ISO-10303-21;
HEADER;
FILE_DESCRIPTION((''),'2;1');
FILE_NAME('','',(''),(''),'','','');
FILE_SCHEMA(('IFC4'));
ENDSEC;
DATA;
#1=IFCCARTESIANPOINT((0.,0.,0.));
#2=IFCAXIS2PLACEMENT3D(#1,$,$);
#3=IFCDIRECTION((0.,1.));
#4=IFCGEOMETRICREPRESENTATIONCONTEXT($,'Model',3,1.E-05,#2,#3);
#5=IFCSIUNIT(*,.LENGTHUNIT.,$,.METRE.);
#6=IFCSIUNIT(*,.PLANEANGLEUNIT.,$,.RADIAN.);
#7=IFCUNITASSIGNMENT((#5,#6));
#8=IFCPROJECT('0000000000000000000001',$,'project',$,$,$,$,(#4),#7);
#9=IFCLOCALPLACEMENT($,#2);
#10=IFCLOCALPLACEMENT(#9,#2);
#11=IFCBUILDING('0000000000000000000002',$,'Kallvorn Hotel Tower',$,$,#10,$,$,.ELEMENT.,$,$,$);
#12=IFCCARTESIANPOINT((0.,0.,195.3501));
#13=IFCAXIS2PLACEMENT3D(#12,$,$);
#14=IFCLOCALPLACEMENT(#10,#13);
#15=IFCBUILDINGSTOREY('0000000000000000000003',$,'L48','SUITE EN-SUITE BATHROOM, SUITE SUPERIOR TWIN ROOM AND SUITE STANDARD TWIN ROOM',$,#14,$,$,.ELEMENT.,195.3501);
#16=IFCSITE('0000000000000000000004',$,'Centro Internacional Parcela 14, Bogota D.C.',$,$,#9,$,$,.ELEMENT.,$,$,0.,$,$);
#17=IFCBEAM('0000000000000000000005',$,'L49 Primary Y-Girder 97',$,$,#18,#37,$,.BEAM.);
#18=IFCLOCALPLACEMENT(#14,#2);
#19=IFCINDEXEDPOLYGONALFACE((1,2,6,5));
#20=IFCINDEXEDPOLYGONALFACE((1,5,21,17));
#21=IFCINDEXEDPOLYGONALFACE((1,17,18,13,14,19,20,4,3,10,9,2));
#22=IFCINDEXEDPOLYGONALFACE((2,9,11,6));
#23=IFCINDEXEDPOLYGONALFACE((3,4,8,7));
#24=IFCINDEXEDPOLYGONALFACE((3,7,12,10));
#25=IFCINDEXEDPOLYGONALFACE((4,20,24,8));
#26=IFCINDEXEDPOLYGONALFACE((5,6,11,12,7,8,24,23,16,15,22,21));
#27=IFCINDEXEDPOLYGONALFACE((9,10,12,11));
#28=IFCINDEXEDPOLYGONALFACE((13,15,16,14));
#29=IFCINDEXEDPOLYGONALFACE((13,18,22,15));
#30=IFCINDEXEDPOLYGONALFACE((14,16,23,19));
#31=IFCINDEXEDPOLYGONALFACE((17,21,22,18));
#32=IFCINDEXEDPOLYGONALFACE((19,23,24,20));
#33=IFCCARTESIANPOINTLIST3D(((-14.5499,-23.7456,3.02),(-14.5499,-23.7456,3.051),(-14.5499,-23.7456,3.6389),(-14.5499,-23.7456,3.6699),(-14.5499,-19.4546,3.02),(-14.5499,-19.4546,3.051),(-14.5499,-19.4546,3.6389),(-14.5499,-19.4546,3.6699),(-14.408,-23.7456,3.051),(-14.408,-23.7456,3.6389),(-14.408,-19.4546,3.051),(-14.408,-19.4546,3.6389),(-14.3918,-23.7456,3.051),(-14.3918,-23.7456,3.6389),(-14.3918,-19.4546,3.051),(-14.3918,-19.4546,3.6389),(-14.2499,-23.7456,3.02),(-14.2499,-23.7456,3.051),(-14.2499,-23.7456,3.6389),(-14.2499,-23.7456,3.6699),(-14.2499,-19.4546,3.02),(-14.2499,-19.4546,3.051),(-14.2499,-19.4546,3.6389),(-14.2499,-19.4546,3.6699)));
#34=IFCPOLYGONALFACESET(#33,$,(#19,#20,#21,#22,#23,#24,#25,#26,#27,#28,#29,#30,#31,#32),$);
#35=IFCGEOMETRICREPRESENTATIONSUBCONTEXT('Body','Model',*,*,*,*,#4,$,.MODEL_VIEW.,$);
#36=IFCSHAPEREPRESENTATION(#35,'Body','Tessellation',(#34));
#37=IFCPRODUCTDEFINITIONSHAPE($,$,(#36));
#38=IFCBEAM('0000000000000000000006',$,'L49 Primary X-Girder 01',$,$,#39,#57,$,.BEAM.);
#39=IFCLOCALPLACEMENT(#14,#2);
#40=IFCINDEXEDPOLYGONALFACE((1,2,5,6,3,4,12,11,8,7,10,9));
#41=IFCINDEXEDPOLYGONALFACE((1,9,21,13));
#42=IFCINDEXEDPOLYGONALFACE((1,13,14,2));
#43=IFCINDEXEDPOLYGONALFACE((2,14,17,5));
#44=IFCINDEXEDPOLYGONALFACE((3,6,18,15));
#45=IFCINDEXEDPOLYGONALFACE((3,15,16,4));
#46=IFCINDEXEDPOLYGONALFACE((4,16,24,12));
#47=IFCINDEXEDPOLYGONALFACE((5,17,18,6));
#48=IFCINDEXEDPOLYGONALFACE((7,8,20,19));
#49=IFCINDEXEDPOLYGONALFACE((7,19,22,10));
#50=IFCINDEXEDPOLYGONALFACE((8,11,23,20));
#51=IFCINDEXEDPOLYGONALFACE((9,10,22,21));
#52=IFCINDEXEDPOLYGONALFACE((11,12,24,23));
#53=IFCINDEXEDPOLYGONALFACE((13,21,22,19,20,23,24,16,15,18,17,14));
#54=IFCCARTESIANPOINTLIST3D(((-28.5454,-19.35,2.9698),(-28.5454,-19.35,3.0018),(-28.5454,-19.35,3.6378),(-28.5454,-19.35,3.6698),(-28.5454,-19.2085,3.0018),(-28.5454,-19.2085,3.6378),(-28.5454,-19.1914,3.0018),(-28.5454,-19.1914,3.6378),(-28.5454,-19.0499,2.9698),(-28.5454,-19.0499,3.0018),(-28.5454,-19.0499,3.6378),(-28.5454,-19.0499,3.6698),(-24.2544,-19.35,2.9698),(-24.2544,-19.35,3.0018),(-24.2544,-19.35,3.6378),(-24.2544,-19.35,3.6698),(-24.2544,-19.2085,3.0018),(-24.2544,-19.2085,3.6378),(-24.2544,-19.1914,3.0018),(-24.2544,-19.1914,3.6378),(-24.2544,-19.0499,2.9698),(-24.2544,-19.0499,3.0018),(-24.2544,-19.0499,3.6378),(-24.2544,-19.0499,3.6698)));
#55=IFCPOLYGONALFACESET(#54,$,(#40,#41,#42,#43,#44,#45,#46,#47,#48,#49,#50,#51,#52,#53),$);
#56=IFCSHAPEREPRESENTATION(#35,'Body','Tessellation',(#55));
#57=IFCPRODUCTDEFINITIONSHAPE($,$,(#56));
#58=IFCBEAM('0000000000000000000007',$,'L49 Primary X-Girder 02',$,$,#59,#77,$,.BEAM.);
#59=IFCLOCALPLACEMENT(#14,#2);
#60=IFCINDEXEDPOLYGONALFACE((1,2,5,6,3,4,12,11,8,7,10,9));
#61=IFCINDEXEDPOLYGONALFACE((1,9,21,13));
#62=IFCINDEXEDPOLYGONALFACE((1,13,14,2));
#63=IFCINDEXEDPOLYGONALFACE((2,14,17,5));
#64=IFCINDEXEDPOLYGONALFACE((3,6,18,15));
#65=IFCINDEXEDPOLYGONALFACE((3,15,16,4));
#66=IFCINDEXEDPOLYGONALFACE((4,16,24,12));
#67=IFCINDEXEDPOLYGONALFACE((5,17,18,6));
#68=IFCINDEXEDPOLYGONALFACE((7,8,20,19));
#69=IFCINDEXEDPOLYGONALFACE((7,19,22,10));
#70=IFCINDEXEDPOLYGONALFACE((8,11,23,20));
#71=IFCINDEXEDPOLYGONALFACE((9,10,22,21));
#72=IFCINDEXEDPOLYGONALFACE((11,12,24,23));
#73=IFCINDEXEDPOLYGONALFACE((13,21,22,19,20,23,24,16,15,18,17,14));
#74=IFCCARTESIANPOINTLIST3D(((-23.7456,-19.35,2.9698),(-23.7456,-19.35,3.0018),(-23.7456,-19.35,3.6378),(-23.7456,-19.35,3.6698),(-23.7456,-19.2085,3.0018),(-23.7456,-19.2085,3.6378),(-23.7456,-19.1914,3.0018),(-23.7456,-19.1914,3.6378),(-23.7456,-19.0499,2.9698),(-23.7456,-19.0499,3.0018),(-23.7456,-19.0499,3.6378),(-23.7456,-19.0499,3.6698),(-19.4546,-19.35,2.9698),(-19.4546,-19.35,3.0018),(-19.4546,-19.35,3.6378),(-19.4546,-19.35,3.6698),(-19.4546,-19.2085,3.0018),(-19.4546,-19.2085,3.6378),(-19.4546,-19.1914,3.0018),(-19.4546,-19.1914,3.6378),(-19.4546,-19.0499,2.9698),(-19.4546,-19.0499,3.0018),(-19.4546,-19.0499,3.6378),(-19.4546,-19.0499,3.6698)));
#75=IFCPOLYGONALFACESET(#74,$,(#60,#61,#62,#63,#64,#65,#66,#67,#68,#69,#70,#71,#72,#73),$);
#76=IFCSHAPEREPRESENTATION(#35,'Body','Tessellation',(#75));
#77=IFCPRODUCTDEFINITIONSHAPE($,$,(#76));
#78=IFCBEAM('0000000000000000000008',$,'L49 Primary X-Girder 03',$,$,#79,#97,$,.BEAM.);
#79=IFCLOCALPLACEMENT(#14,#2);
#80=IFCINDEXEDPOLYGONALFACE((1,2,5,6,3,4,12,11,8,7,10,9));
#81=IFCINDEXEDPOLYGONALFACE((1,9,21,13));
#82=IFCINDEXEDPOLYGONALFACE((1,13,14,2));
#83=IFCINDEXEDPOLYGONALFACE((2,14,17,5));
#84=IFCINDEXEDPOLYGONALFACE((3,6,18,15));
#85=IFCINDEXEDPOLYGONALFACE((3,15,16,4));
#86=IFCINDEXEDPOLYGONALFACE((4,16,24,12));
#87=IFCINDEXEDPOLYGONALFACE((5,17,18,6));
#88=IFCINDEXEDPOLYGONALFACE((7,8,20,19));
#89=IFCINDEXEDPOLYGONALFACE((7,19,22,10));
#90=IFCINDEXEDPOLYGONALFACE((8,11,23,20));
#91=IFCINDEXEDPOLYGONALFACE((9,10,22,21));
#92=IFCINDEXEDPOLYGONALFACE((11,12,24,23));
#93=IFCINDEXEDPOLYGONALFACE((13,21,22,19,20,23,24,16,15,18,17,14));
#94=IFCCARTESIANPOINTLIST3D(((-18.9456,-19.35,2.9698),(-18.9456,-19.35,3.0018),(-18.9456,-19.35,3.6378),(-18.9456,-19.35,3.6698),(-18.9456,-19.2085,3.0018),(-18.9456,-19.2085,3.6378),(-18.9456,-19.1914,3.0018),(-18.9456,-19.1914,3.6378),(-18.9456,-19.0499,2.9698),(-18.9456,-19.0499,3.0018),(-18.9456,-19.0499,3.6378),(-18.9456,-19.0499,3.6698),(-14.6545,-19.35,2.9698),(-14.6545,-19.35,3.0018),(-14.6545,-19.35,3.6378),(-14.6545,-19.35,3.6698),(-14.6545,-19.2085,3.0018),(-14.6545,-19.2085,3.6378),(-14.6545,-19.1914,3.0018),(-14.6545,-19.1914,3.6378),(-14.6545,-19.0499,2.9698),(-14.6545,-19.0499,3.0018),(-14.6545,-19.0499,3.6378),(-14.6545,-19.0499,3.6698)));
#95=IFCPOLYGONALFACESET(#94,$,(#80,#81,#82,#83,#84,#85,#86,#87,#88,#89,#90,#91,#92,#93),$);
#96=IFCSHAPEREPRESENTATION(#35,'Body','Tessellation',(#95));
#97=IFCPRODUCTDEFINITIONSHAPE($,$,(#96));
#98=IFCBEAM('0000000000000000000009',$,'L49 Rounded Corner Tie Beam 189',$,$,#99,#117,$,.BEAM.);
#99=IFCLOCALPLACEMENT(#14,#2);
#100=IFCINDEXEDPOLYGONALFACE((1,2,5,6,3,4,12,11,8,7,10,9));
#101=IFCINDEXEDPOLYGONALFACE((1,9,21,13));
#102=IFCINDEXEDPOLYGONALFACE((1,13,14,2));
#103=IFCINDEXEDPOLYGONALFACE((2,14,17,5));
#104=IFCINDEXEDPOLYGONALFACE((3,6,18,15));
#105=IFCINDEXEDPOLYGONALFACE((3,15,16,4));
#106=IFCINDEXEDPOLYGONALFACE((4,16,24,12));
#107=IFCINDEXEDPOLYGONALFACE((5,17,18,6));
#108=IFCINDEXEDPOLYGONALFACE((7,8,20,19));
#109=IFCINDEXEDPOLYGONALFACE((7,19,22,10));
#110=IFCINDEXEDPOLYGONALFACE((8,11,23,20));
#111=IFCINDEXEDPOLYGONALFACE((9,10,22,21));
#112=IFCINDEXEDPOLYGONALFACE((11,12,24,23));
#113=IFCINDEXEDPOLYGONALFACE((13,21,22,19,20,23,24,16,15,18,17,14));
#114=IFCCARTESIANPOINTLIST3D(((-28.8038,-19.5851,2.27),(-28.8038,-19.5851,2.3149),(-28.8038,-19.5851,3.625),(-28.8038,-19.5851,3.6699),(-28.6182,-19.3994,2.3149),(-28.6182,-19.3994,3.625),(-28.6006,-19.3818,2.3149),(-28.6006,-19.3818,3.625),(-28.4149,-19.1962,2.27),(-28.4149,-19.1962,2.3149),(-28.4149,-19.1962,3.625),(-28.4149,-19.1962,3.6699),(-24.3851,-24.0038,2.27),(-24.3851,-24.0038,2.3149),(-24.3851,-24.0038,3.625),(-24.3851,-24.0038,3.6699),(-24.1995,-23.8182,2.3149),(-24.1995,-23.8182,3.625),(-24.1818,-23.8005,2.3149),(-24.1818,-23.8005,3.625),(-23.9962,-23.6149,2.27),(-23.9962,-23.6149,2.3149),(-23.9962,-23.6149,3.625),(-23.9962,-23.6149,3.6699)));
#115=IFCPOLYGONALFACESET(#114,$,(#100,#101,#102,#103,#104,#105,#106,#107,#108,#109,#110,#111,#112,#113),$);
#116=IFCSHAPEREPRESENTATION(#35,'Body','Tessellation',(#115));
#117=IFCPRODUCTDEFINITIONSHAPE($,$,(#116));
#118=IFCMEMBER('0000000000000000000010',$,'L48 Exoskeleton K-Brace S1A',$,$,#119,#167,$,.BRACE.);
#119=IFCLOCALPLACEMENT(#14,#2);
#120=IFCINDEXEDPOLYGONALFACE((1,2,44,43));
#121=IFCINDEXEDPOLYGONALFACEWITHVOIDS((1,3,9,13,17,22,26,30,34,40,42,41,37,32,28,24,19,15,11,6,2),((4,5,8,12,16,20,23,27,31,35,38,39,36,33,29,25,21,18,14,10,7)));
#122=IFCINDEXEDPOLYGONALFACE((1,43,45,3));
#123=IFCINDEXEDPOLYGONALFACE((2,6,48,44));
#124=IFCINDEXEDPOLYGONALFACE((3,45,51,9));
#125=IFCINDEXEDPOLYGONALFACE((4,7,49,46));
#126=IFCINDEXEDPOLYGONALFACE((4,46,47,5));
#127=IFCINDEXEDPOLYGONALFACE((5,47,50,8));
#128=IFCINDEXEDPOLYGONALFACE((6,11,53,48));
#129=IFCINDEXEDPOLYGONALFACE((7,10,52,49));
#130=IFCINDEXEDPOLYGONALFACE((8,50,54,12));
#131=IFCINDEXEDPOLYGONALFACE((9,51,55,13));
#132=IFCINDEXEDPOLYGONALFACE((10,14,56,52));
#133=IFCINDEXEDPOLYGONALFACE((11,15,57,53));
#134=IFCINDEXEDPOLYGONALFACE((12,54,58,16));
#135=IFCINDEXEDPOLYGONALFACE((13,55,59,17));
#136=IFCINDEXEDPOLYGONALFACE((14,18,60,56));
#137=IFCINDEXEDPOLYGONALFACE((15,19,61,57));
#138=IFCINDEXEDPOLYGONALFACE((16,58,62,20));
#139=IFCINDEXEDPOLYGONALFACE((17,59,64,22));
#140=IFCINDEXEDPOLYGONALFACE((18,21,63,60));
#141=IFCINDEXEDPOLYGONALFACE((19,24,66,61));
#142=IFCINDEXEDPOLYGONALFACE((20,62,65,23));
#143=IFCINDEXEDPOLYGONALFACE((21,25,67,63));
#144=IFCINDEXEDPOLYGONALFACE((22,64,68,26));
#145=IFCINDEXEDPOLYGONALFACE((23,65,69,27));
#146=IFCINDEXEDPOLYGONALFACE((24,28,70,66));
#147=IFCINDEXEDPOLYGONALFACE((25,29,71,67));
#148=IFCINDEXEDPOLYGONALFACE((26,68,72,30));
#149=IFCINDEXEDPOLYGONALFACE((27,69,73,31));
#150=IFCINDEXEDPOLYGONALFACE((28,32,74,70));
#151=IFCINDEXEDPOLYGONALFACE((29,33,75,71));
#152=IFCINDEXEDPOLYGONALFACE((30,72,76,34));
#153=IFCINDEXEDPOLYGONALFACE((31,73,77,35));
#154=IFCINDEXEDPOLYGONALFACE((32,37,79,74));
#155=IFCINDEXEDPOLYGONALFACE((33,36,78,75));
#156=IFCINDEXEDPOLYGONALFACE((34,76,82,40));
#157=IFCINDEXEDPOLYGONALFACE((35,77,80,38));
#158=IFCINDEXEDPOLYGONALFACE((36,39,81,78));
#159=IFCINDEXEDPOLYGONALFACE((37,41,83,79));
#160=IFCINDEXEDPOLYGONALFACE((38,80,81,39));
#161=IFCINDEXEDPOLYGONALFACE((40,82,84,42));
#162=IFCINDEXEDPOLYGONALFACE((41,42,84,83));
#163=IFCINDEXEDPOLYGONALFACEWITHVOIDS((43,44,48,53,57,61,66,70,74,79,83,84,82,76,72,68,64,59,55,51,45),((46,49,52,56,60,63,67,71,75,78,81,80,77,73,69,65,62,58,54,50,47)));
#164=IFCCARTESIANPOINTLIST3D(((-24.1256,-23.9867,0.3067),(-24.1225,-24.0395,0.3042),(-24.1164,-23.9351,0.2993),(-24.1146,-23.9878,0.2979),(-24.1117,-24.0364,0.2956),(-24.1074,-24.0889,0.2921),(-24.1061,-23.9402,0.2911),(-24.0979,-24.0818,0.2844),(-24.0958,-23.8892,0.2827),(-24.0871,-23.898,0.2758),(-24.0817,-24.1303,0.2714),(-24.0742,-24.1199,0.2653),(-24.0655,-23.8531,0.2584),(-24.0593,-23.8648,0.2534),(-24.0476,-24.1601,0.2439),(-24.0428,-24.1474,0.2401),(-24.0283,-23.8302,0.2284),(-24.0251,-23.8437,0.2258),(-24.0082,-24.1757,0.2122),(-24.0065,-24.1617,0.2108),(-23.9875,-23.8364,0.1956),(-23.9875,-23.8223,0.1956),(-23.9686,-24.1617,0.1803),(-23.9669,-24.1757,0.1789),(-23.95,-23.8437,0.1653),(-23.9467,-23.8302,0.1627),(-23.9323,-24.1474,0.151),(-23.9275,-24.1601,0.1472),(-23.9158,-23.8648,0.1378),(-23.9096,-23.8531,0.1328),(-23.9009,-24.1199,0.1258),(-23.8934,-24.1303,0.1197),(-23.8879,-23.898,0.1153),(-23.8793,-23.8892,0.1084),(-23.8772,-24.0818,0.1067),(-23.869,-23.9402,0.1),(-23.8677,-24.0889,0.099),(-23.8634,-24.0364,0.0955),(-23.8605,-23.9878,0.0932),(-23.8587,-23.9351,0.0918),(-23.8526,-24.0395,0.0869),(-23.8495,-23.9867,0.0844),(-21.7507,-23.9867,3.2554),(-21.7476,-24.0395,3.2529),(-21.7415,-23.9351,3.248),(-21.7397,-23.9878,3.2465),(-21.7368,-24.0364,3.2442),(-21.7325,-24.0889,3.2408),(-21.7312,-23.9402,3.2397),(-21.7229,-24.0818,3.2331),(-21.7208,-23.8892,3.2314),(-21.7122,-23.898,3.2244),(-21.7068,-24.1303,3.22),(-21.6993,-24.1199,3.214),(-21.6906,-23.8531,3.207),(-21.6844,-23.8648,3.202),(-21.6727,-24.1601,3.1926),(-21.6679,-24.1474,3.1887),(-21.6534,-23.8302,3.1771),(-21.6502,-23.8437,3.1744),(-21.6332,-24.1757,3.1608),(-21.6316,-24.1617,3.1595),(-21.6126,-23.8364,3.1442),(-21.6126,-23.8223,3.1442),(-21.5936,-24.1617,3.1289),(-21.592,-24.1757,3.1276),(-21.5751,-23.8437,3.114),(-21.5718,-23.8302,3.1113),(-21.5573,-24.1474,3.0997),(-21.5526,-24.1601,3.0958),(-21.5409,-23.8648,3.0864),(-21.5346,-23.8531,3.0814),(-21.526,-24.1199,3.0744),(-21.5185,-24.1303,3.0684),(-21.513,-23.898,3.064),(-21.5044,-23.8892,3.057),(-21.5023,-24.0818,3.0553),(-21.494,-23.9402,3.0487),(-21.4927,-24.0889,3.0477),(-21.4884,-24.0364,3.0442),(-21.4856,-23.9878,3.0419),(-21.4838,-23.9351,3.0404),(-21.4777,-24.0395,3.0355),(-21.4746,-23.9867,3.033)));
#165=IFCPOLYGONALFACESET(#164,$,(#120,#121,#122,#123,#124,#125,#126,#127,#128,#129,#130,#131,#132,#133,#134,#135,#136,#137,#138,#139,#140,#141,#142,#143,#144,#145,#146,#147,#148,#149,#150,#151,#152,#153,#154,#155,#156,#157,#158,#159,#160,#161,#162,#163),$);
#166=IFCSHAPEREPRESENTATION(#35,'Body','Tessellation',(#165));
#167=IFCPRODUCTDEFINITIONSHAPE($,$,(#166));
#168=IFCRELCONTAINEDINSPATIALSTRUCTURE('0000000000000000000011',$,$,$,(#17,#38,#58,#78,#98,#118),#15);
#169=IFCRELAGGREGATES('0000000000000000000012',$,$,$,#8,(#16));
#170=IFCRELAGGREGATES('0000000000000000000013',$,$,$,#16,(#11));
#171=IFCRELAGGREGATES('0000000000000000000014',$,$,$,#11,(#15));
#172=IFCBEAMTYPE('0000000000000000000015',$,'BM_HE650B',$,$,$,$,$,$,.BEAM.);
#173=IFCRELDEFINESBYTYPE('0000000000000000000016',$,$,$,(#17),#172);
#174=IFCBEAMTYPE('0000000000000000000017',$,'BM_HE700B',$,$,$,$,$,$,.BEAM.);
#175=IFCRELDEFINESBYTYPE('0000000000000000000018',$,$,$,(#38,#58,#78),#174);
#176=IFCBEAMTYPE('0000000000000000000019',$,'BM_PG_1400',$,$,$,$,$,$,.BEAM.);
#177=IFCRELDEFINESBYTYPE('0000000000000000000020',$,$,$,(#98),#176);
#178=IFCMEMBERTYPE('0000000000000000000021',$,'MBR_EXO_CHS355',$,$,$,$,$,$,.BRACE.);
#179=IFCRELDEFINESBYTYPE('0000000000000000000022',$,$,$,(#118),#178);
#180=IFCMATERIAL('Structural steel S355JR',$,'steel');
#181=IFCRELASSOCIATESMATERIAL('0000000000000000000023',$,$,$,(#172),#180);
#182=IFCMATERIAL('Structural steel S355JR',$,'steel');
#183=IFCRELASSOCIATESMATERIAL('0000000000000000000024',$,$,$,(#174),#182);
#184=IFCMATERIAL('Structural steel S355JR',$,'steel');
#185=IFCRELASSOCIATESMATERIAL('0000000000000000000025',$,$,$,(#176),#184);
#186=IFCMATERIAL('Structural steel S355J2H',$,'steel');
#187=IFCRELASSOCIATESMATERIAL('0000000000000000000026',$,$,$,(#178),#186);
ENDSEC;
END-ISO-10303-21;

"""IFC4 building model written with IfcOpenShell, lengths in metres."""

from ifc_helpers import new_model, si_unit, direction, frame, origin, origin_2d, place, context, subcontext, project, spatial, hollow_circle, i_section, extrude, material, material_profile, profile_set, type_object, element, save


model = new_model("IFC4")

# Units and contexts
model_context = context("Model", 3, precision=1e-05, world=origin(), true_north=direction((0.0, 1.0)))
body_context = subcontext(model_context, "Body", "Model", "MODEL_VIEW")
ifc_project = project(units=[si_unit("LENGTHUNIT", "METRE"), si_unit("PLANEANGLEUNIT", "RADIAN")], contexts=[model_context])

# Site, building, storey
site_placement = place(None, origin())
site = spatial("IfcSite", under=ifc_project, at=site_placement, Name="Centro Internacional Parcela 14, Bogota D.C.", CompositionType="ELEMENT", RefElevation=0.0)
building_placement = place(site_placement, origin())
building = spatial("IfcBuilding", under=site, at=building_placement, Name="Kallvorn Hotel Tower", CompositionType="ELEMENT")
storey_placement = place(building_placement, frame((0.0, 0.0, 195.3501)))
storey = spatial("IfcBuildingStorey", under=building, at=storey_placement, Name="L48", Description="SUITE EN-SUITE BATHROOM, SUITE SUPERIOR TWIN ROOM AND SUITE STANDARD TWIN ROOM", CompositionType="ELEMENT", Elevation=195.3501)

# Beams
ifc_material_1 = material(Name="Structural steel S355JR", Category="steel")
ifc_material_profile_1 = material_profile(ifc_material_1, i_section(OverallWidth=0.3, OverallDepth=0.6499, WebThickness=0.0161, FlangeThickness=0.031, at=origin_2d()), Name="HE 650 B")
ifc_profile_set_1 = profile_set([ifc_material_profile_1], Name="Structural steel S355JR")
beam_type_1 = type_object("IfcBeamType", Name="BM_HE650B", PredefinedType="BEAM", material=ifc_profile_set_1)
for number, where, z_axis, x_axis, name in (
    (1, (-14.3999, -23.7456, 3.345), (0.0, 1.0, 0.0), (-1.0, 0.0, 0.0), "L49 Primary Y-Girder 97"),
):
    element("IfcBeam", number, at=place(storey_placement, frame(where, z_axis=z_axis, x_axis=x_axis)), inside=storey, type_object=beam_type_1, Name=name, PredefinedType="BEAM", context=body_context, shape_type="SweptSolid", body=[
        extrude(i_section(OverallWidth=0.3, OverallDepth=0.6499, WebThickness=0.0161, FlangeThickness=0.031, at=origin_2d()), origin(), (0.0, 0.0, 1.0), 4.291),
    ])
ifc_material_2 = material(Name="Structural steel S355JR", Category="steel")
ifc_material_profile_2 = material_profile(ifc_material_2, i_section(OverallWidth=0.3, OverallDepth=0.7, WebThickness=0.0171, FlangeThickness=0.032, at=origin_2d()), Name="HE 700 B")
ifc_profile_set_2 = profile_set([ifc_material_profile_2], Name="Structural steel S355JR")
beam_type_2 = type_object("IfcBeamType", Name="BM_HE700B", PredefinedType="BEAM", material=ifc_profile_set_2)
for number, where, z_axis, x_axis, name in (
    (2, (-28.5454, -19.2, 3.3198), (1.0, 0.0, 0.0), (0.0, 1.0, 0.0), "L49 Primary X-Girder 01"),
    (3, (-23.7456, -19.2, 3.3198), (1.0, 0.0, 0.0), (0.0, 1.0, 0.0), "L49 Primary X-Girder 02"),
    (4, (-18.9456, -19.2, 3.3198), (1.0, 0.0, 0.0), (0.0, 1.0, 0.0), "L49 Primary X-Girder 03"),
):
    element("IfcBeam", number, at=place(storey_placement, frame(where, z_axis=z_axis, x_axis=x_axis)), inside=storey, type_object=beam_type_2, Name=name, PredefinedType="BEAM", context=body_context, shape_type="SweptSolid", body=[
        extrude(i_section(OverallWidth=0.3, OverallDepth=0.7, WebThickness=0.0171, FlangeThickness=0.032, at=origin_2d()), origin(), (0.0, 0.0, 1.0), 4.291),
    ])
ifc_material_3 = material(Name="Structural steel S355JR", Category="steel")
ifc_material_profile_3 = material_profile(ifc_material_3, i_section(OverallWidth=0.55, OverallDepth=1.3999, WebThickness=0.0249, FlangeThickness=0.0449, at=origin_2d()), Name="PG 1400x550x25x45")
ifc_profile_set_3 = profile_set([ifc_material_profile_3], Name="Structural steel S355JR")
beam_type_3 = type_object("IfcBeamType", Name="BM_PG_1400", PredefinedType="BEAM", material=ifc_profile_set_3)
beam_1_placement = place(storey_placement, frame((-28.6094, -19.3906, 2.97), z_axis=(0.707107, -0.707107, 0.0), x_axis=(0.707107, 0.707107, 0.0)))
element("IfcBeam", 5, at=beam_1_placement, inside=storey, type_object=beam_type_3, Name="L49 Rounded Corner Tie Beam 189", PredefinedType="BEAM", context=body_context, shape_type="SweptSolid", body=[
    extrude(i_section(OverallWidth=0.55, OverallDepth=1.3999, WebThickness=0.0249, FlangeThickness=0.0449, at=origin_2d()), origin(), (0.0, 0.0, 1.0), 6.249),
])

# Member
ifc_material_4 = material(Name="Structural steel S355J2H", Category="steel")
ifc_material_profile_4 = material_profile(ifc_material_4, hollow_circle(Radius=0.1777, WallThickness=0.0142, at=origin_2d()), Name="CHS 355.6x14.2")
ifc_profile_set_4 = profile_set([ifc_material_profile_4], Name="Structural steel S355J2H")
member_type = type_object("IfcMemberType", Name="MBR_EXO_CHS355", PredefinedType="BRACE", material=ifc_profile_set_4)
for number, where, z_axis, x_axis, name in (
    (6, (-23.9875, -24.0, 0.1956), (0.627271, 0.0, 0.778801), (0.0, 1.0, 0.0), "L48 Exoskeleton K-Brace S1A"),
):
    element("IfcMember", number, at=place(storey_placement, frame(where, z_axis=z_axis, x_axis=x_axis)), inside=storey, type_object=member_type, Name=name, PredefinedType="BRACE", context=body_context, shape_type="SweptSolid", body=[
        extrude(hollow_circle(Radius=0.1777, WallThickness=0.0142, at=origin_2d()), origin(), (0.0, 0.0, 1.0), 3.7861),
    ])

save(model, "model.ifc")
